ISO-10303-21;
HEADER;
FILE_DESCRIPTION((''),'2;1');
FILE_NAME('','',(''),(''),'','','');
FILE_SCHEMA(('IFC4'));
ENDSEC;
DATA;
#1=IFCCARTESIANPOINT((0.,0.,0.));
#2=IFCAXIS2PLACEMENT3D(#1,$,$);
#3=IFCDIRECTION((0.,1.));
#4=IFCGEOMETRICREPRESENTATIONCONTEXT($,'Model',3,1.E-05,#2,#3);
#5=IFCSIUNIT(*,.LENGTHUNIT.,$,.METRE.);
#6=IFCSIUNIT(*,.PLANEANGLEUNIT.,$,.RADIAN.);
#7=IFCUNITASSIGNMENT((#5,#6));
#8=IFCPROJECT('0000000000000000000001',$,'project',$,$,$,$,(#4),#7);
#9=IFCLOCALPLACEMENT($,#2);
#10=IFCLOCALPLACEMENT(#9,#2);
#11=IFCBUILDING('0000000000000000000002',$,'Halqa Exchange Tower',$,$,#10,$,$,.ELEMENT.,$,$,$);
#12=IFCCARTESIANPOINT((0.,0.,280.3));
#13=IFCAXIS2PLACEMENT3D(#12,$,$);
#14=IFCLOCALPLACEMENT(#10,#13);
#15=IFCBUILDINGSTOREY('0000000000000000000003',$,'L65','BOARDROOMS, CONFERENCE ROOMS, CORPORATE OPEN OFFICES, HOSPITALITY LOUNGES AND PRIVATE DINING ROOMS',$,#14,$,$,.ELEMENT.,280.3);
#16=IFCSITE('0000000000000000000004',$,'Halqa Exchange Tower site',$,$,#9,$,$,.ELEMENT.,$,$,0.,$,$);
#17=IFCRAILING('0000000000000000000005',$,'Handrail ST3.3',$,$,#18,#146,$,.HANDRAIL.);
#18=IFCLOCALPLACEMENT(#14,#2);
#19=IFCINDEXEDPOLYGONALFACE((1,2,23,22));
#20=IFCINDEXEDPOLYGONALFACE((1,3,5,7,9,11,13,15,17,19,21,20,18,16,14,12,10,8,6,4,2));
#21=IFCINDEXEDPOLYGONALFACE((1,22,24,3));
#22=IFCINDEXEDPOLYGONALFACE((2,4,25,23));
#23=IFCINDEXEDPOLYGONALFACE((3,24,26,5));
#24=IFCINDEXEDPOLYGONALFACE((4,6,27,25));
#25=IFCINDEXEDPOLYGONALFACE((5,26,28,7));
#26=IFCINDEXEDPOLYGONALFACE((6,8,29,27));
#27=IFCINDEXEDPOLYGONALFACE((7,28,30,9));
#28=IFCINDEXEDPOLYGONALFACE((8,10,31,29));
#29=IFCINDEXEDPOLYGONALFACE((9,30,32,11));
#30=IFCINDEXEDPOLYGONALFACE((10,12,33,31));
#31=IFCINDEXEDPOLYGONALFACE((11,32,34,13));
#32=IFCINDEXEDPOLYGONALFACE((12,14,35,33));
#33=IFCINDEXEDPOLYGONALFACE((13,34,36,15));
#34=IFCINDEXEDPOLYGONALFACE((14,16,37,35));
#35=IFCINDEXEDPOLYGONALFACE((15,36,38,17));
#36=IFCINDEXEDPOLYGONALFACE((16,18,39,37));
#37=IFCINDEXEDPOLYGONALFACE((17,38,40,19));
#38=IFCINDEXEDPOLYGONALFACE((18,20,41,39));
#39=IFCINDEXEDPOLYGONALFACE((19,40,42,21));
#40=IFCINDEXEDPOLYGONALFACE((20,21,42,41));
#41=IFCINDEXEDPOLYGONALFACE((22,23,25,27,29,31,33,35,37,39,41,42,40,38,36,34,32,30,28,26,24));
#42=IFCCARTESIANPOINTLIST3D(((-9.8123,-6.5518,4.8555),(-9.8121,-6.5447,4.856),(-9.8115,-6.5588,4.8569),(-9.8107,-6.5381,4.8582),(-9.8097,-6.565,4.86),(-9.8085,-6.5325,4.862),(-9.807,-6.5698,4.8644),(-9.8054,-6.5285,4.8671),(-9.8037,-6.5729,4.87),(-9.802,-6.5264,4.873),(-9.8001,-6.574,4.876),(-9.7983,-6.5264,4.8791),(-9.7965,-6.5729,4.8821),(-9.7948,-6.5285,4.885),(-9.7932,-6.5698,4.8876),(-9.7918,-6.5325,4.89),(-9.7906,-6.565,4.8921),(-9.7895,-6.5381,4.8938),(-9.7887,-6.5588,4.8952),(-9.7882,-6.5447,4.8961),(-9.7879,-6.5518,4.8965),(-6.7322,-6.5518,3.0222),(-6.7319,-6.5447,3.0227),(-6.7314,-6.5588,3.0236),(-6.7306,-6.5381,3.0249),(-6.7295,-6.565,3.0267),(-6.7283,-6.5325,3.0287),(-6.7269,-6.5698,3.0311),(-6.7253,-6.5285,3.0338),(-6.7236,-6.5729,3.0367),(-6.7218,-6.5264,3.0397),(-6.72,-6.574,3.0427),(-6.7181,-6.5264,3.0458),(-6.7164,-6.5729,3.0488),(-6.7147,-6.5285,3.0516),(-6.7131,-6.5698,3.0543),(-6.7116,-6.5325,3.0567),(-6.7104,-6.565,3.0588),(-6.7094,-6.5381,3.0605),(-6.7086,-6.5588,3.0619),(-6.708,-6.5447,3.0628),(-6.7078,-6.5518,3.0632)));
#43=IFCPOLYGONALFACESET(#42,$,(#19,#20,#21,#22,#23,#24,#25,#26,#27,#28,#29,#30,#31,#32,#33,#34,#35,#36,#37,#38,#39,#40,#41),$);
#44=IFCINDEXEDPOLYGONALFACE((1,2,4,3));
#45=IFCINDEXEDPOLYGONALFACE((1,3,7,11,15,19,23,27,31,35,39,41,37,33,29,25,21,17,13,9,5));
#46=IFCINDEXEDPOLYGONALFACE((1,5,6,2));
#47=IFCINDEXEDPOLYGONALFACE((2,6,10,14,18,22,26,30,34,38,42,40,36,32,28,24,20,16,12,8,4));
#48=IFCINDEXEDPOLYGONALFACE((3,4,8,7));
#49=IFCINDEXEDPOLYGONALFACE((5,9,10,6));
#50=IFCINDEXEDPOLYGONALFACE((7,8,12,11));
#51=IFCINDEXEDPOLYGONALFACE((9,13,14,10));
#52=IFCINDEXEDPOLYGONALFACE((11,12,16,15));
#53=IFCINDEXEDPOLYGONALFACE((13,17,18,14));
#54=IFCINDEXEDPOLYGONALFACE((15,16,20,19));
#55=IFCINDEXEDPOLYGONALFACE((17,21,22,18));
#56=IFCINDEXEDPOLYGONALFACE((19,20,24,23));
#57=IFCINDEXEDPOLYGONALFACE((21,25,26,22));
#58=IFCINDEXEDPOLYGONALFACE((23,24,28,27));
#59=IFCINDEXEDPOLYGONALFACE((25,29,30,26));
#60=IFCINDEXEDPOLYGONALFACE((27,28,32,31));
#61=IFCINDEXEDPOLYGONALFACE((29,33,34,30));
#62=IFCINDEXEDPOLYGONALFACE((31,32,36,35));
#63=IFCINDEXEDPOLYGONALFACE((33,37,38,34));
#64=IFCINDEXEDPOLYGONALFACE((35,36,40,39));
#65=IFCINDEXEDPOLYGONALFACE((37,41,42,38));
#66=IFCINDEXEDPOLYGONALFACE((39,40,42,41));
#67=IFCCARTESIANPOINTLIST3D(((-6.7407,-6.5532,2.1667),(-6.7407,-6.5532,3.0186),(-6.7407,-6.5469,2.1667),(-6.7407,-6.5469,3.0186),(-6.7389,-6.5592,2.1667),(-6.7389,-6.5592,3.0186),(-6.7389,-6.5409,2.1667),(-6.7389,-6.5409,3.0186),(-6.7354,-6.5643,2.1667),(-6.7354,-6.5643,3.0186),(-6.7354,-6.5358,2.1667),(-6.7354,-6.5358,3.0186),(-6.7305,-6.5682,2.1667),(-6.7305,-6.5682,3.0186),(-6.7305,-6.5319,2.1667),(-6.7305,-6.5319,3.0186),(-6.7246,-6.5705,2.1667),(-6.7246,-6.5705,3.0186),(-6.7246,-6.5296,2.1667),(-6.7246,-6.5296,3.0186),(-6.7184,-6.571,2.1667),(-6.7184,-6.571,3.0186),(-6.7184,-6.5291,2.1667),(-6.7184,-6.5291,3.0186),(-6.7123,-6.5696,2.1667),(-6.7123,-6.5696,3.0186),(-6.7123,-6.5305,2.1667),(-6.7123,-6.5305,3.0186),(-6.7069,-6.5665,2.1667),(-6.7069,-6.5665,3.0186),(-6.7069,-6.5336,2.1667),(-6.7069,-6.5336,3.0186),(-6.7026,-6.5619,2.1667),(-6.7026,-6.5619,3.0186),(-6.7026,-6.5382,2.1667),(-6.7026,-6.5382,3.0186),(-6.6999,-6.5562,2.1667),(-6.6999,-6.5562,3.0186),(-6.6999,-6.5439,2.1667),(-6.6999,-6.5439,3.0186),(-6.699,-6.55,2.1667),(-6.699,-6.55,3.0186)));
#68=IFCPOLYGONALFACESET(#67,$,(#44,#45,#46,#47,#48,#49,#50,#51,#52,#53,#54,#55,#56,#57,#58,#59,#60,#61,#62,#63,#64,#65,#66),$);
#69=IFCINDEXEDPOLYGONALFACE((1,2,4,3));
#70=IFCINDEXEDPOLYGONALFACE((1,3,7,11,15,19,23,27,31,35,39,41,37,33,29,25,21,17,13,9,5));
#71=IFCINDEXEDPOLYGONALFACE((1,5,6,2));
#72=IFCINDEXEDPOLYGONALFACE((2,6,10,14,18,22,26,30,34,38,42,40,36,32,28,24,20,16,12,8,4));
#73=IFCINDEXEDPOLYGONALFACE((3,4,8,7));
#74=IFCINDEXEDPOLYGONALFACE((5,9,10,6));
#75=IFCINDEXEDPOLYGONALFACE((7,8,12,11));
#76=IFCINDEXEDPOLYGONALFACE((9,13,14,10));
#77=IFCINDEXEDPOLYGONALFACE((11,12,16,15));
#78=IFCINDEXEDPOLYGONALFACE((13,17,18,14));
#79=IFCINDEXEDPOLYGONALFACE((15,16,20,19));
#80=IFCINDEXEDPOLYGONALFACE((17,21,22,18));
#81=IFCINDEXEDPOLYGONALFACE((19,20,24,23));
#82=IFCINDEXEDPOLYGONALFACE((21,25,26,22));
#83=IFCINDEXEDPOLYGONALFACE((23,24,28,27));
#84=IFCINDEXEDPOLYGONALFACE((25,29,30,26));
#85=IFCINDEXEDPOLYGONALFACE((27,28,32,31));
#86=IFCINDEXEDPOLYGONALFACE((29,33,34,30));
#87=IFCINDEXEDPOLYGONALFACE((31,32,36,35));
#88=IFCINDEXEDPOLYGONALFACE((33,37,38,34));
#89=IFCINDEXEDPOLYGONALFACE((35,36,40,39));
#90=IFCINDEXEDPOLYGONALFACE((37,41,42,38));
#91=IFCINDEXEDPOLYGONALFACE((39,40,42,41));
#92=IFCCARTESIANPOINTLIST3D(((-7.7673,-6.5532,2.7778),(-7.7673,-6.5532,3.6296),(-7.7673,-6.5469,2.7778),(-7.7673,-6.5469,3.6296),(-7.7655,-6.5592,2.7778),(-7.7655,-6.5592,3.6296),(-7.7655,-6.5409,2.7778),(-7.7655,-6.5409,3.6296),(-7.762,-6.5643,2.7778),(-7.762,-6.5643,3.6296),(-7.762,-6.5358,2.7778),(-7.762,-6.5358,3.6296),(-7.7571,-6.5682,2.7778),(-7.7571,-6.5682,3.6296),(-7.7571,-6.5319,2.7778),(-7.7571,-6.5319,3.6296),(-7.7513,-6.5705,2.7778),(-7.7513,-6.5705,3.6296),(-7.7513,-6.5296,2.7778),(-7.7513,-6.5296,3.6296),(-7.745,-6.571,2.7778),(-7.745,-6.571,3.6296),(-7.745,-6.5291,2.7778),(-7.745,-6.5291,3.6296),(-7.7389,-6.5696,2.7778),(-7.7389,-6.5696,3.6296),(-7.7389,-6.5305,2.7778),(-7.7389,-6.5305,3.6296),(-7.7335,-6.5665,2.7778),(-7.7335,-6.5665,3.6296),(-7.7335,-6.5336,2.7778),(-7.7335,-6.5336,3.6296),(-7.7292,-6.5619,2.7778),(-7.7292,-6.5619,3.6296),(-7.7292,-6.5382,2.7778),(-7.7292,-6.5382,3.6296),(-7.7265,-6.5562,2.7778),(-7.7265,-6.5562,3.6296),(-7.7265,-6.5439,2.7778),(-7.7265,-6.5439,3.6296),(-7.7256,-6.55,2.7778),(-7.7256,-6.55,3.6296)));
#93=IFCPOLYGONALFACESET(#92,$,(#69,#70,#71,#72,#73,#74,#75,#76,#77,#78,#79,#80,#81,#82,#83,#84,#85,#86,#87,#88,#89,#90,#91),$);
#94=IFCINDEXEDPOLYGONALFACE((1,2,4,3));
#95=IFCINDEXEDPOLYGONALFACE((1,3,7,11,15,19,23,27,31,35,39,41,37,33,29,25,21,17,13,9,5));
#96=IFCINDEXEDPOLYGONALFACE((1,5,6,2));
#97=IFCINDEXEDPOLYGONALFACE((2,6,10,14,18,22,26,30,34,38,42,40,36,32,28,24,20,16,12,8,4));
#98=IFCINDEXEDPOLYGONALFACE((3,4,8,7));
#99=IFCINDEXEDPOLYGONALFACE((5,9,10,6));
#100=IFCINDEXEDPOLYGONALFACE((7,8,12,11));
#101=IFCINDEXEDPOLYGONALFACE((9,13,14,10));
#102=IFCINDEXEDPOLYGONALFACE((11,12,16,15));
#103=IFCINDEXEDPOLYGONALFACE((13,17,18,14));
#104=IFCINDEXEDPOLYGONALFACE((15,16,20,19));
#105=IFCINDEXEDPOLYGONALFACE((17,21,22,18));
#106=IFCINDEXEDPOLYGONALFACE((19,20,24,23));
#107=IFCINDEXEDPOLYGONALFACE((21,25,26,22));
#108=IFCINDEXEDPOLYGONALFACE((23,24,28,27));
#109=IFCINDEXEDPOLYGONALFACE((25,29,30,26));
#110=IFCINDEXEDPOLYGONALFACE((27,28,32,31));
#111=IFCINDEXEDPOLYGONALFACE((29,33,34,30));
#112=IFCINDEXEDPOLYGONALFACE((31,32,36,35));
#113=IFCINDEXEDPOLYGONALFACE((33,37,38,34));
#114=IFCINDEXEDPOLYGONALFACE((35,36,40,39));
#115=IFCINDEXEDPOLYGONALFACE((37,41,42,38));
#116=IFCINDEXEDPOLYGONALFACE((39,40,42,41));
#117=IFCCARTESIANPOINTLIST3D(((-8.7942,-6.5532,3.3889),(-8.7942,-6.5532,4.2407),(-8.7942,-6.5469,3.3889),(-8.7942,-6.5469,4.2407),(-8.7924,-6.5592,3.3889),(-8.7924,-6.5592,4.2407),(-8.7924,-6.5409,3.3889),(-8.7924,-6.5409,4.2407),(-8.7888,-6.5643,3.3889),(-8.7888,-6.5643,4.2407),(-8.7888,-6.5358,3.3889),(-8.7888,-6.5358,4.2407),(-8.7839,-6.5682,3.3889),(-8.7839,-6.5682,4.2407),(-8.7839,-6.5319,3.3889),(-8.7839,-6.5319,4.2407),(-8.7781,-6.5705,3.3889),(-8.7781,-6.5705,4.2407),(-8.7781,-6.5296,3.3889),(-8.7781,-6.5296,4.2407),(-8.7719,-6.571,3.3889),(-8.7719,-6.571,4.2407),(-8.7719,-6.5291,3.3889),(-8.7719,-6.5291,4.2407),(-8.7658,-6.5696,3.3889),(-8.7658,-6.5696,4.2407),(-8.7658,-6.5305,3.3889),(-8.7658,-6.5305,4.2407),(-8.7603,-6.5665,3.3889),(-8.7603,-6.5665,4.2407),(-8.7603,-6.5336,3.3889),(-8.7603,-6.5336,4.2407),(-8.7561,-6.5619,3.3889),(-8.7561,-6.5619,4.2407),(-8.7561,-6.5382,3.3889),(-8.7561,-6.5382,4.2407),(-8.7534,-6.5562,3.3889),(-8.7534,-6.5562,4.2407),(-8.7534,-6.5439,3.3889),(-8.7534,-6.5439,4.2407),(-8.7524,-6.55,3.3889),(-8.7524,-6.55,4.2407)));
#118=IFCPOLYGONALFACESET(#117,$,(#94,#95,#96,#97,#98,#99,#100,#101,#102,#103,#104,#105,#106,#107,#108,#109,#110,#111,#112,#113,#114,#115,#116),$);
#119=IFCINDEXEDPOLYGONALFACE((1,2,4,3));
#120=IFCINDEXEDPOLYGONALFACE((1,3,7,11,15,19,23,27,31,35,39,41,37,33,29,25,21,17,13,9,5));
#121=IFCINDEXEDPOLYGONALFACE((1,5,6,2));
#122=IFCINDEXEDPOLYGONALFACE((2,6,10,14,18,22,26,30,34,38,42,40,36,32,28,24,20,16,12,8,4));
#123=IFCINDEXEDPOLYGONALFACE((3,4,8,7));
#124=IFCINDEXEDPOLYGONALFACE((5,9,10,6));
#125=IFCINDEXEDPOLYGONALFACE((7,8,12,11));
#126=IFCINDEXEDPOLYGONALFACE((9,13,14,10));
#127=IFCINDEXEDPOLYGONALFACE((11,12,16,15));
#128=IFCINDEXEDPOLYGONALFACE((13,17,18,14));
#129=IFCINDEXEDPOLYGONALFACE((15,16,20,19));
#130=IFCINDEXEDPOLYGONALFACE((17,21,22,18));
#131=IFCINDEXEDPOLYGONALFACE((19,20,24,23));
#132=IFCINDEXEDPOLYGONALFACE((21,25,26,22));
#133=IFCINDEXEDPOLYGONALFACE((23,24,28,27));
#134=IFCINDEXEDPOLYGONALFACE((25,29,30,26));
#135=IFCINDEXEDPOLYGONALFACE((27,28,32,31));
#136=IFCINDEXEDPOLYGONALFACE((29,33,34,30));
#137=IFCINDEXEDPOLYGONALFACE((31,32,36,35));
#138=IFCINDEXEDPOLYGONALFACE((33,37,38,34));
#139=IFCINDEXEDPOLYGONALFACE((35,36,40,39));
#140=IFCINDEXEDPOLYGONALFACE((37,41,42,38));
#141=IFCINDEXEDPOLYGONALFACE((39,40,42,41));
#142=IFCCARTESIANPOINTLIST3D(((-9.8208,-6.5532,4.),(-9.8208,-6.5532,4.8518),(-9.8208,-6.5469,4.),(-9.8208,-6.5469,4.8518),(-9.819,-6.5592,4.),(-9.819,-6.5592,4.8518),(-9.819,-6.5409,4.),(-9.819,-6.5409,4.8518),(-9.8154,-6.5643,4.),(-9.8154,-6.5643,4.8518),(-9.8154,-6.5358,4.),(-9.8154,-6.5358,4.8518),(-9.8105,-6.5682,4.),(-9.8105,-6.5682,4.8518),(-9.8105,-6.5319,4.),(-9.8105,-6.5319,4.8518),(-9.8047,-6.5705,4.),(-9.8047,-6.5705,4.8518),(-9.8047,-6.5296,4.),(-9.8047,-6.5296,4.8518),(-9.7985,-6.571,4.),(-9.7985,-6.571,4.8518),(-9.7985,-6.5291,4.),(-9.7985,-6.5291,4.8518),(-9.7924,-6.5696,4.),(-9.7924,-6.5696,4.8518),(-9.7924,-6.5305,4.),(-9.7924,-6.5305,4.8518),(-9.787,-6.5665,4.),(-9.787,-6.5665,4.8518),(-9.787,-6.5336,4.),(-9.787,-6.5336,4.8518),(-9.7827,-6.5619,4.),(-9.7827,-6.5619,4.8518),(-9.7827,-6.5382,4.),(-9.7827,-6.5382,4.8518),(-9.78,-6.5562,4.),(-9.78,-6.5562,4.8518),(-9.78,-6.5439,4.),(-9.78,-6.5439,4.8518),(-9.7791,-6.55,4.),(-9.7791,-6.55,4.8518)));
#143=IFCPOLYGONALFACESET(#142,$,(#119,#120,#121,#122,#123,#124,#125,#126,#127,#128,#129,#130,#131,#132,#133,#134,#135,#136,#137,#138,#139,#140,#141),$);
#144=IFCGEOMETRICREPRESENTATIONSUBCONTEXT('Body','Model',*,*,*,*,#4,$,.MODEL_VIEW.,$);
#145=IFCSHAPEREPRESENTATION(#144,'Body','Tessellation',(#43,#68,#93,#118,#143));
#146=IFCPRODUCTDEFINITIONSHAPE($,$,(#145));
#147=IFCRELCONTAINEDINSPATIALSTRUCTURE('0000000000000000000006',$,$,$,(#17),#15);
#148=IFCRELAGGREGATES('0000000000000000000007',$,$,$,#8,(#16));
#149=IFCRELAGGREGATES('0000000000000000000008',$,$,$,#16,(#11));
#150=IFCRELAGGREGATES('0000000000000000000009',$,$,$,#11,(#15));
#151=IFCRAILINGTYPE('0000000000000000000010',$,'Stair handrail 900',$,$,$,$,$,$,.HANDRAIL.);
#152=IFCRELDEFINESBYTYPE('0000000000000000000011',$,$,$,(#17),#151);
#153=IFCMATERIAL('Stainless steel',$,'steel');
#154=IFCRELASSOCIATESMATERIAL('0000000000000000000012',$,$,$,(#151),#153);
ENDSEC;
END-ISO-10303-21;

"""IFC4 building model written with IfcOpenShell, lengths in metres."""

from ifc_helpers import new_model, si_unit, direction, frame, origin, origin_2d, place, context, subcontext, project, spatial, circle, extrude, material, type_object, element, save


model = new_model("IFC4")

# Units and contexts
model_context = context("Model", 3, precision=1e-05, world=origin(), true_north=direction((0.0, 1.0)))
body_context = subcontext(model_context, "Body", "Model", "MODEL_VIEW")
ifc_project = project(units=[si_unit("LENGTHUNIT", "METRE"), si_unit("PLANEANGLEUNIT", "RADIAN")], contexts=[model_context])

# Site, building, storey
site_placement = place(None, origin())
site = spatial("IfcSite", under=ifc_project, at=site_placement, Name="Halqa Exchange Tower site", CompositionType="ELEMENT", RefElevation=0.0)
building_placement = place(site_placement, origin())
building = spatial("IfcBuilding", under=site, at=building_placement, Name="Halqa Exchange Tower", CompositionType="ELEMENT")
storey_placement = place(building_placement, frame((0.0, 0.0, 280.3)))
storey = spatial("IfcBuildingStorey", under=building, at=storey_placement, Name="L65", Description="BOARDROOMS, CONFERENCE ROOMS, CORPORATE OPEN OFFICES, HOSPITALITY LOUNGES AND PRIVATE DINING ROOMS", CompositionType="ELEMENT", Elevation=280.3)

# Shared definitions
ifc_material_1 = material(Name="Stainless steel", Category="steel")

# Railing
railing_type_1 = type_object("IfcRailingType", Name="Stair handrail 900", PredefinedType="HANDRAIL", material=ifc_material_1)
railing_1_placement = place(storey_placement, frame((-6.72, -6.55, 2.1667)))
element("IfcRailing", 1, at=railing_1_placement, inside=storey, type_object=railing_type_1, Name="Handrail ST3.3", PredefinedType="HANDRAIL", context=body_context, shape_type="SweptSolid", body=[
    extrude(circle(Radius=0.0239, at=origin_2d()), frame((0.0, 0.0, 0.876), z_axis=(-0.859309, 0.0, 0.511458), x_axis=(0.0, -1.0, 0.0)), (0.0, 0.0, 1.0), 3.5845),
    extrude(circle(Radius=0.021, at=origin_2d()), origin(), (0.0, 0.0, 1.0), 0.8518),
    extrude(circle(Radius=0.021, at=origin_2d()), frame((-1.0266, 0.0, 0.6111)), (0.0, 0.0, 1.0), 0.8518),
    extrude(circle(Radius=0.021, at=origin_2d()), frame((-2.0535, 0.0, 1.2222)), (0.0, 0.0, 1.0), 0.8518),
    extrude(circle(Radius=0.021, at=origin_2d()), frame((-3.0801, 0.0, 1.8333)), (0.0, 0.0, 1.0), 0.8518),
])

save(model, "model.ifc")
